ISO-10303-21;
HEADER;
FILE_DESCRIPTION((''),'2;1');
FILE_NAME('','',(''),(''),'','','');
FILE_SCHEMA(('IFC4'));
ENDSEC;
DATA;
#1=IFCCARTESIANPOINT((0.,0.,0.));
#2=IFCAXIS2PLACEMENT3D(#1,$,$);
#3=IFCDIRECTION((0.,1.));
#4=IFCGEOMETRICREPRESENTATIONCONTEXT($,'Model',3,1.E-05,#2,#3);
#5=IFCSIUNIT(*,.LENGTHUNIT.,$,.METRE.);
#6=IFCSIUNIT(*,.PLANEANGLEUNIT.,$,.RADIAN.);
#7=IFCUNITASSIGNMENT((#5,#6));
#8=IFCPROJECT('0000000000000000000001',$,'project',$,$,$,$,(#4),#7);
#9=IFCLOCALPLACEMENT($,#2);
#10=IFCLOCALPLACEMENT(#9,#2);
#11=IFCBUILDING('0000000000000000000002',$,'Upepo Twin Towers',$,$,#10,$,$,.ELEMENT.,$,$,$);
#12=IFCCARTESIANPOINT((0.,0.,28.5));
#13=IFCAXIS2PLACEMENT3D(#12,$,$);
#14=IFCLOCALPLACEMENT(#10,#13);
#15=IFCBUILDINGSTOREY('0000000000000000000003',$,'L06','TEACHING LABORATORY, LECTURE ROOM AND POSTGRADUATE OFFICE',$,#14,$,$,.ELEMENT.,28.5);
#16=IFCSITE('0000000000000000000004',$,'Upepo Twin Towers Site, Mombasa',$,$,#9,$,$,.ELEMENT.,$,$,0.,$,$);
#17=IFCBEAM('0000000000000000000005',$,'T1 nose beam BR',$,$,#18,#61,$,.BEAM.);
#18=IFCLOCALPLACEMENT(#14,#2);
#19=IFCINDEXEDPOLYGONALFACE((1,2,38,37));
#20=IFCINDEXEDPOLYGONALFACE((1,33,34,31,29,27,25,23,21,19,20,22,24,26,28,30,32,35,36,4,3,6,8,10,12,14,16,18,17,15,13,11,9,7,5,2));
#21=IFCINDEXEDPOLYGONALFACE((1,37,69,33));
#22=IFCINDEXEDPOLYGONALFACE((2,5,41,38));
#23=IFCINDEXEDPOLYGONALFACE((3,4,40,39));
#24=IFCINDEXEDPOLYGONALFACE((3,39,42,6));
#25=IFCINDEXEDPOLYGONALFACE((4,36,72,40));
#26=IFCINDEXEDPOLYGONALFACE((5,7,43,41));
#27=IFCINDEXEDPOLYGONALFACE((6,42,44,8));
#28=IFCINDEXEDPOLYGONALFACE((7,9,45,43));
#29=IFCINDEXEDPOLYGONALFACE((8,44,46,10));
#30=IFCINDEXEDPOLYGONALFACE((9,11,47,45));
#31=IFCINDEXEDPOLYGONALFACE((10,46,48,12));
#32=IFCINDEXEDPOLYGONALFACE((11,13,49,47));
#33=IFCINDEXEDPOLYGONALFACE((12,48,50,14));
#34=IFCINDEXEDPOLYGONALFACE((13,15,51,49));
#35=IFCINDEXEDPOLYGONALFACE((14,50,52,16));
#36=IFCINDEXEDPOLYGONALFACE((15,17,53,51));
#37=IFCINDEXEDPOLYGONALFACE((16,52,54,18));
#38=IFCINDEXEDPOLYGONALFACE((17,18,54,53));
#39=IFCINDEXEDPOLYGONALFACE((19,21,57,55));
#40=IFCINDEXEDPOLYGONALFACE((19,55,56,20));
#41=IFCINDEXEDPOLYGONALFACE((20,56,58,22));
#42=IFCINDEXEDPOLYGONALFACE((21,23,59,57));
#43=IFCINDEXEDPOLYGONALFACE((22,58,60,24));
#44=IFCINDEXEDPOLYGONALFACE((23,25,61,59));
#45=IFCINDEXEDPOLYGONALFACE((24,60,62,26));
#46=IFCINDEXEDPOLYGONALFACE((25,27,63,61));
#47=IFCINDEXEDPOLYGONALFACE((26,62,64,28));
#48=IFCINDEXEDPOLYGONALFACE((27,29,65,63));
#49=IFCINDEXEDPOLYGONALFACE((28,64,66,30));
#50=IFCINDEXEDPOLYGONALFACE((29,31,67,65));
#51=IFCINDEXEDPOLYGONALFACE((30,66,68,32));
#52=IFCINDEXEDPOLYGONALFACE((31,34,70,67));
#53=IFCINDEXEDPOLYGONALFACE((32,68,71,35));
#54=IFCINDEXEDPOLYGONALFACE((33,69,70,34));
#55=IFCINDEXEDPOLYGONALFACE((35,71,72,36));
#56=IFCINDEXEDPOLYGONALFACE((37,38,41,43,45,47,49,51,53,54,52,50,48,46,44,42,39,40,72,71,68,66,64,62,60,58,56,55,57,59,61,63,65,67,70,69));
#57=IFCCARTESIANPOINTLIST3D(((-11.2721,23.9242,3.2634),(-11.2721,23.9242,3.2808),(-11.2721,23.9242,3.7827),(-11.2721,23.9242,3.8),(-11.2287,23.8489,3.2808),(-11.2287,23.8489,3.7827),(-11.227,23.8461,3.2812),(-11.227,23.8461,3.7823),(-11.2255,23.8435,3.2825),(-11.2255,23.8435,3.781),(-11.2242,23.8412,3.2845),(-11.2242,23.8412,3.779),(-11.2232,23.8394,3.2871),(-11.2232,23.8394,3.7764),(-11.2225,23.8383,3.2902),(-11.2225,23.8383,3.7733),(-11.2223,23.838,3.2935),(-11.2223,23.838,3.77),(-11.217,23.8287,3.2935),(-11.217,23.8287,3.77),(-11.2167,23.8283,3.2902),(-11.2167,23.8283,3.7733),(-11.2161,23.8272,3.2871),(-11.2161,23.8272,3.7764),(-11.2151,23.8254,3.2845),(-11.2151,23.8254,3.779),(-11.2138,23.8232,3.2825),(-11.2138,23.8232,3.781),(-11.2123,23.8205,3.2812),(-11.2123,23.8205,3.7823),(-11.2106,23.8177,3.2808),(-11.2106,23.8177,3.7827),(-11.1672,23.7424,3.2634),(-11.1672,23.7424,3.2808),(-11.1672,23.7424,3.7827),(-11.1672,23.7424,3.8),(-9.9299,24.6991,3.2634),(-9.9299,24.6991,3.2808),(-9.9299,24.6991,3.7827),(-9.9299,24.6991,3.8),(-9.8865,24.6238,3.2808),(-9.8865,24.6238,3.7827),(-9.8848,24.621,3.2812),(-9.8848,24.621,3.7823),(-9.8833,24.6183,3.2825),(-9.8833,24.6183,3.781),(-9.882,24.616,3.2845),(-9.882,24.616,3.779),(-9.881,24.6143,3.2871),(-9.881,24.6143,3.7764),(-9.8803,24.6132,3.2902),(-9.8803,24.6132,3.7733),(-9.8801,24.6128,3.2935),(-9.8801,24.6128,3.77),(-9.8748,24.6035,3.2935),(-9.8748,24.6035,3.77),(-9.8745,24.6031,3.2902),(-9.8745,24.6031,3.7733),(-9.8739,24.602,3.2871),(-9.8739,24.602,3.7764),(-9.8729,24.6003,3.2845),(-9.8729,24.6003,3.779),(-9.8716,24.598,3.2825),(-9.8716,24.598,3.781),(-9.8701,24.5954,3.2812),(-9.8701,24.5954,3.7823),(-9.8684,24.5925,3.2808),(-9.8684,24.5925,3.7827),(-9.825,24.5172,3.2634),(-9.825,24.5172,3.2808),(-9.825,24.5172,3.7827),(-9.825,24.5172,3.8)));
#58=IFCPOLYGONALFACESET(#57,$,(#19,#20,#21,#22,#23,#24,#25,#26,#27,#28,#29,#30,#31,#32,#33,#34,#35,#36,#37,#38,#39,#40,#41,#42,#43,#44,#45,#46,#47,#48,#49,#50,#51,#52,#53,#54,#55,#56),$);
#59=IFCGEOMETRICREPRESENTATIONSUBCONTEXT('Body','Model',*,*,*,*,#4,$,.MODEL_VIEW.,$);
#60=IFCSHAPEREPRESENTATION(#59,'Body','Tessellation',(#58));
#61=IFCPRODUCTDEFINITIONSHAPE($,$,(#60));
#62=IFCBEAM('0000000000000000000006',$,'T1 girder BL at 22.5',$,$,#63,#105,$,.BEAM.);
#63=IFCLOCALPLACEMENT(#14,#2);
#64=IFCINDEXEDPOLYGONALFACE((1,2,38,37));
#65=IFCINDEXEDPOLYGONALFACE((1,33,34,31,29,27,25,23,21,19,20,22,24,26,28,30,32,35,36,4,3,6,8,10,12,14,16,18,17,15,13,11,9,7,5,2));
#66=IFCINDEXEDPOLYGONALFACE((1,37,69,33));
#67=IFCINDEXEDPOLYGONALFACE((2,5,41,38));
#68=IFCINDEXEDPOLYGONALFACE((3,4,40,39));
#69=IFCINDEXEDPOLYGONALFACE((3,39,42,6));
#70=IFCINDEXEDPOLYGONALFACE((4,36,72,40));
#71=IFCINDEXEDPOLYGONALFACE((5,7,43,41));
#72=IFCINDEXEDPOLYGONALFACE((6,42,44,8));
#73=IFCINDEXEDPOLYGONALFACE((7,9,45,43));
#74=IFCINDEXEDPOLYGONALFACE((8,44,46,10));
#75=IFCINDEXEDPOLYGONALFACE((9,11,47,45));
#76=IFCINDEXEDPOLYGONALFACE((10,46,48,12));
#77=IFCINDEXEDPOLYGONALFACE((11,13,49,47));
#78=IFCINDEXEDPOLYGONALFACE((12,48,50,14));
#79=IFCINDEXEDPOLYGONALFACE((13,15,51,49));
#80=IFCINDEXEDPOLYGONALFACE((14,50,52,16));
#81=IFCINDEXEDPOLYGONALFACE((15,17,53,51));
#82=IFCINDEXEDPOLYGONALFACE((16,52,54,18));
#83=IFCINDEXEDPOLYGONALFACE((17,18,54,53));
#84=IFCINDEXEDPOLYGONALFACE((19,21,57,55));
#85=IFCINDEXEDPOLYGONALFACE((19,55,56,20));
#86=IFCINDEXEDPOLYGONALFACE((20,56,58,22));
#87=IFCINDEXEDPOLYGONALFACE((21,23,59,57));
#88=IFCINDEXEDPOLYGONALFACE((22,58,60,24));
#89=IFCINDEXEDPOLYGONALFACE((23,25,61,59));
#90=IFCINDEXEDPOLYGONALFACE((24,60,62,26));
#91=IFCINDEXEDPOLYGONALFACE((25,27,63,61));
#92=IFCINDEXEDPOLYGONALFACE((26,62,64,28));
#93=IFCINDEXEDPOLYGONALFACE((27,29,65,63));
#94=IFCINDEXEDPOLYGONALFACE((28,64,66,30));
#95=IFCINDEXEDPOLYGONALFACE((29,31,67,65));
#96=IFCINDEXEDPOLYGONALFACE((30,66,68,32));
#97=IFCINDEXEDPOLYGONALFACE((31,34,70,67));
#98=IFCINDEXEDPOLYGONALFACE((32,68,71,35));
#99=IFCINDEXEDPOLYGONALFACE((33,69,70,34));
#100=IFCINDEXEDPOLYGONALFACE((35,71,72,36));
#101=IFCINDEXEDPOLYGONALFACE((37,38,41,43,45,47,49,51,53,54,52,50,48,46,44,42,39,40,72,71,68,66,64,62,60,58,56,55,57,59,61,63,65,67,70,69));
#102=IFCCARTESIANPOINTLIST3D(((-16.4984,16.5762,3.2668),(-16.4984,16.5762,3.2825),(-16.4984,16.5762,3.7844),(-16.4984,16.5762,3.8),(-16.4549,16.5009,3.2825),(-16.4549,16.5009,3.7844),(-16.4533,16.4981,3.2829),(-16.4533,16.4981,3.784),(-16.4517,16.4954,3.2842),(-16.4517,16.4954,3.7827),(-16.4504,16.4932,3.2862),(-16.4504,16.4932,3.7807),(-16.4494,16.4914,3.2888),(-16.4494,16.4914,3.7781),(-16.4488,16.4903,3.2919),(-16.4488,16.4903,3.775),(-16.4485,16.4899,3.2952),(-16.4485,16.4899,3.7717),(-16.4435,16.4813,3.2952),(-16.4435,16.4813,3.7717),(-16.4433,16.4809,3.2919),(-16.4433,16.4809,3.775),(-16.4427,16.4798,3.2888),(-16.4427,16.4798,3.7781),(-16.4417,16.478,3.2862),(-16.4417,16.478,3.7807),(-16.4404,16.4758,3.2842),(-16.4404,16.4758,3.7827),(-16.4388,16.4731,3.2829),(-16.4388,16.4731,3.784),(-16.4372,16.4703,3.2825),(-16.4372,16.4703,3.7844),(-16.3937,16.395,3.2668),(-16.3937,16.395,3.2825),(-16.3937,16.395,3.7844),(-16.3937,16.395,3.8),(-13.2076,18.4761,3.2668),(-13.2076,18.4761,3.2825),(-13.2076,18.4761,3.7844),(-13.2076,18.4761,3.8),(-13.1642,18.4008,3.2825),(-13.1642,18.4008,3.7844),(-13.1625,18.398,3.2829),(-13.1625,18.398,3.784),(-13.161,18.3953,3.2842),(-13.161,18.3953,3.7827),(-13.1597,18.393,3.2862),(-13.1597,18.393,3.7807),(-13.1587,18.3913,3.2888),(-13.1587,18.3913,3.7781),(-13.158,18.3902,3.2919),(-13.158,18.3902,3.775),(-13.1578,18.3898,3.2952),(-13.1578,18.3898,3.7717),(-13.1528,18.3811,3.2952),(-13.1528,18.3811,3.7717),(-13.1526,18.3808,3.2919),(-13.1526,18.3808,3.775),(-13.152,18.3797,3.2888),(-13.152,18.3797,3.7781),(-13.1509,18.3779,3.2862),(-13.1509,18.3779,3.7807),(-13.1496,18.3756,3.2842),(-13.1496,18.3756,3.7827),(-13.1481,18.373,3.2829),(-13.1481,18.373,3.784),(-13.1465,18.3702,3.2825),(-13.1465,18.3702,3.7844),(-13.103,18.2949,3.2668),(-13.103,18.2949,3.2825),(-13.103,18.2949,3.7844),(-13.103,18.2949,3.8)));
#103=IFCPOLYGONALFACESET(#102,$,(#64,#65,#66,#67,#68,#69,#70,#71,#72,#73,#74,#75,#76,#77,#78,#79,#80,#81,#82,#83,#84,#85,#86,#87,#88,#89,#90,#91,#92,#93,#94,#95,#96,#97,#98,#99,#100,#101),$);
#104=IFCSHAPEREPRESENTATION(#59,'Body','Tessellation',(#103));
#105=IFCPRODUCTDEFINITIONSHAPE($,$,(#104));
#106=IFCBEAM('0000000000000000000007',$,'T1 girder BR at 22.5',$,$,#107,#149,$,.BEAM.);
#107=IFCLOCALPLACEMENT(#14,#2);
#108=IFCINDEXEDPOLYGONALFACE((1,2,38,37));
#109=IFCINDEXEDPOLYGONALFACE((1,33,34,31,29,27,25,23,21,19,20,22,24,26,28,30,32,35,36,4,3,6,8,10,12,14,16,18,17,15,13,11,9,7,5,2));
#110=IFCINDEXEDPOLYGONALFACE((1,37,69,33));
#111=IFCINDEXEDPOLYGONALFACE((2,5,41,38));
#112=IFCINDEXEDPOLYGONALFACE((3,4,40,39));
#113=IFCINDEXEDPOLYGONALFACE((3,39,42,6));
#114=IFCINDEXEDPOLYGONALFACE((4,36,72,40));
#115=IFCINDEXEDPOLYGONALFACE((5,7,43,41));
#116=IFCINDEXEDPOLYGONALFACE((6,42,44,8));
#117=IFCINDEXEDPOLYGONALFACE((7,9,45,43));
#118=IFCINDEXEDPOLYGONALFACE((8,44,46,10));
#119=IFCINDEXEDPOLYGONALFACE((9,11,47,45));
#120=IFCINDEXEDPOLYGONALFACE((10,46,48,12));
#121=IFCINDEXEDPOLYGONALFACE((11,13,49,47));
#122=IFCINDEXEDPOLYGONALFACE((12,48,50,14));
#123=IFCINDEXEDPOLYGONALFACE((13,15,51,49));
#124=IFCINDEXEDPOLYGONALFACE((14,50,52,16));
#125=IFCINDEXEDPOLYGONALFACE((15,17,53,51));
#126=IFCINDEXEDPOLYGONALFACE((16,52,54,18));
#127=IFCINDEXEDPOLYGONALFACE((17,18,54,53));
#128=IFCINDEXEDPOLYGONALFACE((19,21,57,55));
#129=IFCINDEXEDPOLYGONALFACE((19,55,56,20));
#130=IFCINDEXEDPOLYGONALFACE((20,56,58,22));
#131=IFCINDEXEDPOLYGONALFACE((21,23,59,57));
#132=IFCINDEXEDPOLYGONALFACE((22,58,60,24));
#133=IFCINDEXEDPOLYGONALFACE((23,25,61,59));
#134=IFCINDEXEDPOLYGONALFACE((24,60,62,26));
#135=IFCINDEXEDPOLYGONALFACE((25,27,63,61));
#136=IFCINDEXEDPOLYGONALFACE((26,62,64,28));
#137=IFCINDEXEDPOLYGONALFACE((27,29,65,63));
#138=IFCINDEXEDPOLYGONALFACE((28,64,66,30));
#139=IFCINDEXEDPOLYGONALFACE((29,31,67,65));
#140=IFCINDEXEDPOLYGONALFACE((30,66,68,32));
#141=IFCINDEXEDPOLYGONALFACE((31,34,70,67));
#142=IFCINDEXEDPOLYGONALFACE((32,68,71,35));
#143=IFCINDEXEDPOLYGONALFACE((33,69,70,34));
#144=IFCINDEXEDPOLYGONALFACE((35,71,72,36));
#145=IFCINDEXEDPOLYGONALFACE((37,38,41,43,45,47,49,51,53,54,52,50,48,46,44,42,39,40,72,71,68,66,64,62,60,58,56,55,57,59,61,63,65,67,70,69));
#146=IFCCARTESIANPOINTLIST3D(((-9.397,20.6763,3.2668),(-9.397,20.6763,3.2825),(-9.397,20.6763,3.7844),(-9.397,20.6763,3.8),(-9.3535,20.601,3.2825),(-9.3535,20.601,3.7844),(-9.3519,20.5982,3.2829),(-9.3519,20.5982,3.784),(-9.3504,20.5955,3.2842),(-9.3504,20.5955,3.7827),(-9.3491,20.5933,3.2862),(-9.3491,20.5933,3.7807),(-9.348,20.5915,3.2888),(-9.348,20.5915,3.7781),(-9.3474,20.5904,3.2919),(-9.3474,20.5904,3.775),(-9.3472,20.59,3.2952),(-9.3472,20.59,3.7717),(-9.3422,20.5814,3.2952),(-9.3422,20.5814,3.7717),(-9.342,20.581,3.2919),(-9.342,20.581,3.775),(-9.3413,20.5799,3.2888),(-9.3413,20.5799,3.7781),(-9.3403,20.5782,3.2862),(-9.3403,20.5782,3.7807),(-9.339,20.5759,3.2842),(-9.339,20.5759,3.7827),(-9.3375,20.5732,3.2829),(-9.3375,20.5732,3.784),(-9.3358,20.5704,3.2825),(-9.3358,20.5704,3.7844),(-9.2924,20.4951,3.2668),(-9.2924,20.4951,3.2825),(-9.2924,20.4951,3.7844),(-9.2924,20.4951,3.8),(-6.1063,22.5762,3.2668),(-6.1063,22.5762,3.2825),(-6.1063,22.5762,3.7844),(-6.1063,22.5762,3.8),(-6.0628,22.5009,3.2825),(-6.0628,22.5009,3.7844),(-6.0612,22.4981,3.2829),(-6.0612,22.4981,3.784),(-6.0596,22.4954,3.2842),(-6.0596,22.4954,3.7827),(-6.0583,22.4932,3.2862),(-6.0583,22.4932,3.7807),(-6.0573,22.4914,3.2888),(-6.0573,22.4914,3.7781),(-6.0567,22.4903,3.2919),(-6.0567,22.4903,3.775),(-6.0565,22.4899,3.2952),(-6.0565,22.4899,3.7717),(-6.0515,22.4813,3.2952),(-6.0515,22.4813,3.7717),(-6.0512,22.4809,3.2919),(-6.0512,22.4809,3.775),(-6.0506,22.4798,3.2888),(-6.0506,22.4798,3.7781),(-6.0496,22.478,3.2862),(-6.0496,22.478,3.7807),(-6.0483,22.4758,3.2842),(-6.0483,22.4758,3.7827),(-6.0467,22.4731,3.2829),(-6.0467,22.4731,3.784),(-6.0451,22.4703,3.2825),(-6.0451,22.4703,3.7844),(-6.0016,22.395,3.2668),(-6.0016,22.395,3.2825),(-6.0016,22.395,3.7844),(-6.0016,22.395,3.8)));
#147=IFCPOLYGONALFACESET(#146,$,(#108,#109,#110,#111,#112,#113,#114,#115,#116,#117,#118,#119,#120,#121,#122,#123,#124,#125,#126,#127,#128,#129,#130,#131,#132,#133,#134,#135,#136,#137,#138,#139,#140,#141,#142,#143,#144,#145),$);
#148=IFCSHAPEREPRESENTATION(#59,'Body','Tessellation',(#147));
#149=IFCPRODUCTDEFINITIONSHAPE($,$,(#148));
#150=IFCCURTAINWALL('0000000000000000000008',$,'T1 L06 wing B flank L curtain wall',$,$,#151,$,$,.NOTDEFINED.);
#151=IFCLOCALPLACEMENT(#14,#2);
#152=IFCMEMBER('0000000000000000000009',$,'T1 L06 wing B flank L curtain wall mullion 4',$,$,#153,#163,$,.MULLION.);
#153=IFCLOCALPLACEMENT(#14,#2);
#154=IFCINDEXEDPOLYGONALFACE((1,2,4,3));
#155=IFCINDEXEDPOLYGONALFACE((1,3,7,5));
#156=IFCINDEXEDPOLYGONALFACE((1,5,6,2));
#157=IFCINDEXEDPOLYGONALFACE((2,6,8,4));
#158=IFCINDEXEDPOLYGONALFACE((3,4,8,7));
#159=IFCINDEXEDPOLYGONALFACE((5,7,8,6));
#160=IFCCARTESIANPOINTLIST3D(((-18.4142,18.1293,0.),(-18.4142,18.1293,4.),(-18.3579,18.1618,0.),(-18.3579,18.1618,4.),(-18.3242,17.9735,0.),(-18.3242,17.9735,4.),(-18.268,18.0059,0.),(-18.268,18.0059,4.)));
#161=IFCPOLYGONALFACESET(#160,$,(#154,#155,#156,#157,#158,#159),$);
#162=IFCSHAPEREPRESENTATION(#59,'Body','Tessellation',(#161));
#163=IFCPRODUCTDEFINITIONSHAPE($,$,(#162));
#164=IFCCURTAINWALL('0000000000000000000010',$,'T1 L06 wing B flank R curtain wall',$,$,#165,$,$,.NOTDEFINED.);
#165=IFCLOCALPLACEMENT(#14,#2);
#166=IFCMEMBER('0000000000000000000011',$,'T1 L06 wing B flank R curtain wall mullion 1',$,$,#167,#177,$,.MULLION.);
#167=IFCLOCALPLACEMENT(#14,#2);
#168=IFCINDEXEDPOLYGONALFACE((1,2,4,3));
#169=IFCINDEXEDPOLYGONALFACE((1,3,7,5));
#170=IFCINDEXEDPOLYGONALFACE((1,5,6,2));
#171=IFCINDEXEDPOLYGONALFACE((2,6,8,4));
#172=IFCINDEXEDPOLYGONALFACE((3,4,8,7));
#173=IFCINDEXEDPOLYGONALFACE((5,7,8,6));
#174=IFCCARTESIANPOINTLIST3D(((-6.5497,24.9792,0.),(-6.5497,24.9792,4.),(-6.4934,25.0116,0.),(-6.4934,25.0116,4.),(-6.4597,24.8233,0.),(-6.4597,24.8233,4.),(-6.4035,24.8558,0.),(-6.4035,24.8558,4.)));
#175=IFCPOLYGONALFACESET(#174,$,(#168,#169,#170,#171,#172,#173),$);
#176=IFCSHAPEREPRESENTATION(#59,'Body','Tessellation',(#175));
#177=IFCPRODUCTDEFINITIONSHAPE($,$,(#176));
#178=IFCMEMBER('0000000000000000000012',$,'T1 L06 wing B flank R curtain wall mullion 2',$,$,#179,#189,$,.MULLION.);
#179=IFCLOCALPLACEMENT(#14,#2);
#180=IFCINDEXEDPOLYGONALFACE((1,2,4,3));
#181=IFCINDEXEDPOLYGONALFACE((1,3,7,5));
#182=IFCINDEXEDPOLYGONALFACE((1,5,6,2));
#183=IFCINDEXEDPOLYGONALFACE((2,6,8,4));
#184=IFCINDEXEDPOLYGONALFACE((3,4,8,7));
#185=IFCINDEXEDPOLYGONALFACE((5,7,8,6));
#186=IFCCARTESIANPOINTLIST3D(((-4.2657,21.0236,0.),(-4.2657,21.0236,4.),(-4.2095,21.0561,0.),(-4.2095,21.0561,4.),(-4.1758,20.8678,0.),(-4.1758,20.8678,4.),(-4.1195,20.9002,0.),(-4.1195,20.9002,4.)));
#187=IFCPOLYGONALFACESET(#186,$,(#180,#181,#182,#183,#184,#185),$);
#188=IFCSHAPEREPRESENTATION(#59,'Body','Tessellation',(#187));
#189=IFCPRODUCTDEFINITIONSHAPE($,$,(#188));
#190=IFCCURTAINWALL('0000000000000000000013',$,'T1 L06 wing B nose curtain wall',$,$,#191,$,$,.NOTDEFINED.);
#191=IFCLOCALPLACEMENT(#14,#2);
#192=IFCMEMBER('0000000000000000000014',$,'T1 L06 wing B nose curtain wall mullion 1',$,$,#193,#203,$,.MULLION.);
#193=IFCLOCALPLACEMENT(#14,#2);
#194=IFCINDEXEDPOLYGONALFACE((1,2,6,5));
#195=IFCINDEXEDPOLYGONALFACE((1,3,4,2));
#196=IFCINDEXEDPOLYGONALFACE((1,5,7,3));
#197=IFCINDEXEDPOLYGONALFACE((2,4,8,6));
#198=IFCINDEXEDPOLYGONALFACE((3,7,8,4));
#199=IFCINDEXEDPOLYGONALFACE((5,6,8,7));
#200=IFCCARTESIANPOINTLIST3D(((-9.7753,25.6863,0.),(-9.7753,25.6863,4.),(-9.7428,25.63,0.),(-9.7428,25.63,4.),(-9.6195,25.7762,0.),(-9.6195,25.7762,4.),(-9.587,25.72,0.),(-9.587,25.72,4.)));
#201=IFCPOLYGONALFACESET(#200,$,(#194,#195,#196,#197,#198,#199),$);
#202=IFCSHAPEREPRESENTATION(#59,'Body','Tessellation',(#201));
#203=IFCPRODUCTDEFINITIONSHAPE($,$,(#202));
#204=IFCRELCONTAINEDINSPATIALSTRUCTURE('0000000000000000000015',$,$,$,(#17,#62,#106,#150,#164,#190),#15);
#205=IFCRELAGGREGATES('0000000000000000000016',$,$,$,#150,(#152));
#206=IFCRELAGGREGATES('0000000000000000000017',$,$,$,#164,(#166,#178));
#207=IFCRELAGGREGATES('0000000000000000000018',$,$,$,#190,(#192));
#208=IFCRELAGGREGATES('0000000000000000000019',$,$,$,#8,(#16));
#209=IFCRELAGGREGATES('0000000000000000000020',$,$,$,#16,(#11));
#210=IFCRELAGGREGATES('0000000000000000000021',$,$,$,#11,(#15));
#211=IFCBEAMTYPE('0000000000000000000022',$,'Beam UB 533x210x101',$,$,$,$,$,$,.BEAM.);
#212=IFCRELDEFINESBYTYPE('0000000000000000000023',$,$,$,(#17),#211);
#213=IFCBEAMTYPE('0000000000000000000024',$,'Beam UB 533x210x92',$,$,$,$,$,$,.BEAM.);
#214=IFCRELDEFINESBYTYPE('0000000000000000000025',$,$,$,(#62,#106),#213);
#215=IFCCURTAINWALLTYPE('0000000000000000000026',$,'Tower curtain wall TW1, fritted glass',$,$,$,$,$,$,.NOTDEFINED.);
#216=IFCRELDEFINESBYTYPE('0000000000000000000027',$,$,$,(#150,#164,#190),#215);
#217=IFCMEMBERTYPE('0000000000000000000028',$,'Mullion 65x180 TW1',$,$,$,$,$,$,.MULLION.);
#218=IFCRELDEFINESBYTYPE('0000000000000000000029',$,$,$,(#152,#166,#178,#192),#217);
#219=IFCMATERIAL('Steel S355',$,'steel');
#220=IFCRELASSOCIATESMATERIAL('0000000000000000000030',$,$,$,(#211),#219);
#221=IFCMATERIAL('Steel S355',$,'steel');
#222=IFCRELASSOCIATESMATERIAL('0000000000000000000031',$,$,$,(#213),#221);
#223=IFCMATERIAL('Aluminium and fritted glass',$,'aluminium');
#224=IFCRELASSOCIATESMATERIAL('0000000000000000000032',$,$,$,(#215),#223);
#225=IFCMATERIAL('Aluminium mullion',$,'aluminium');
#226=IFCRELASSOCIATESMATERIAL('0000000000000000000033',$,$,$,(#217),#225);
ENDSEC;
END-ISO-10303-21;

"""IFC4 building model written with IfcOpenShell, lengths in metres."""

from ifc_helpers import new_model, si_unit, direction, frame, origin, origin_2d, place, context, subcontext, project, spatial, rectangle, i_section, extrude, material, material_profile, profile_set, type_object, element, aggregate, save


model = new_model("IFC4")

# Units and contexts
model_context = context("Model", 3, precision=1e-05, world=origin(), true_north=direction((0.0, 1.0)))
body_context = subcontext(model_context, "Body", "Model", "MODEL_VIEW")
ifc_project = project(units=[si_unit("LENGTHUNIT", "METRE"), si_unit("PLANEANGLEUNIT", "RADIAN")], contexts=[model_context])

# Site, building, storey
site_placement = place(None, origin())
site = spatial("IfcSite", under=ifc_project, at=site_placement, Name="Upepo Twin Towers Site, Mombasa", CompositionType="ELEMENT", RefElevation=0.0)
building_placement = place(site_placement, origin())
building = spatial("IfcBuilding", under=site, at=building_placement, Name="Upepo Twin Towers", CompositionType="ELEMENT")
storey_placement = place(building_placement, frame((0.0, 0.0, 28.5)))
storey = spatial("IfcBuildingStorey", under=building, at=storey_placement, Name="L06", Description="TEACHING LABORATORY, LECTURE ROOM AND POSTGRADUATE OFFICE", CompositionType="ELEMENT", Elevation=28.5)

# Beams
ifc_material_1 = material(Name="Steel S355", Category="steel")
ifc_material_profile_1 = material_profile(ifc_material_1, i_section(OverallWidth=0.21, OverallDepth=0.5366, WebThickness=0.0107, FlangeThickness=0.0173, FilletRadius=0.0127, at=origin_2d()), Name="UB 533x210x101")
ifc_profile_set_1 = profile_set([ifc_material_profile_1], Name="Steel S355")
beam_type_1 = type_object("IfcBeamType", Name="Beam UB 533x210x101", PredefinedType="BEAM", material=ifc_profile_set_1)
for number, where, z_axis, x_axis, name in (
    (1, (-9.8774, 24.6082, 3.5317), (-0.866044, -0.499968, 0.0), (0.499968, -0.866044, 0.0), "T1 nose beam BR"),
):
    element("IfcBeam", number, at=place(storey_placement, frame(where, z_axis=z_axis, x_axis=x_axis)), inside=storey, type_object=beam_type_1, Name=name, PredefinedType="BEAM", context=body_context, shape_type="SweptSolid", body=[
        extrude(i_section(OverallWidth=0.21, OverallDepth=0.5366, WebThickness=0.0107, FlangeThickness=0.0173, FilletRadius=0.0127, at=origin_2d()), origin(), (0.0, 0.0, 1.0), 1.5498),
    ])
ifc_material_2 = material(Name="Steel S355", Category="steel")
ifc_material_profile_2 = material_profile(ifc_material_2, i_section(OverallWidth=0.2092, OverallDepth=0.5332, WebThickness=0.01, FlangeThickness=0.0156, FilletRadius=0.0127, at=origin_2d()), Name="UB 533x210x92")
ifc_profile_set_2 = profile_set([ifc_material_profile_2], Name="Steel S355")
beam_type_2 = type_object("IfcBeamType", Name="Beam UB 533x210x92", PredefinedType="BEAM", material=ifc_profile_set_2)
for number, where, z_axis, x_axis, name in (
    (2, (-16.446, 16.4856, 3.5334), (0.866028, 0.499995, 0.0), (-0.499995, 0.866028, 0.0), "T1 girder BL at 22.5"),
    (3, (-6.054, 22.4856, 3.5334), (-0.866028, -0.499995, 0.0), (0.499995, -0.866028, 0.0), "T1 girder BR at 22.5"),
):
    element("IfcBeam", number, at=place(storey_placement, frame(where, z_axis=z_axis, x_axis=x_axis)), inside=storey, type_object=beam_type_2, Name=name, PredefinedType="BEAM", context=body_context, shape_type="SweptSolid", body=[
        extrude(i_section(OverallWidth=0.2092, OverallDepth=0.5332, WebThickness=0.01, FlangeThickness=0.0156, FilletRadius=0.0127, at=origin_2d()), origin(), (0.0, 0.0, 1.0), 3.7998),
    ])

# Curtain wall, member
ifc_material_3 = material(Name="Aluminium and fritted glass", Category="aluminium")
curtain_wall_type = type_object("IfcCurtainWallType", Name="Tower curtain wall TW1, fritted glass", PredefinedType="NOTDEFINED", material=ifc_material_3)
curtain_wall_1_placement = place(storey_placement, origin())
curtain_wall_1 = element("IfcCurtainWall", 4, at=curtain_wall_1_placement, inside=storey, type_object=curtain_wall_type, Name="T1 L06 wing B flank L curtain wall", PredefinedType="NOTDEFINED")
ifc_material_4 = material(Name="Aluminium mullion", Category="aluminium")
ifc_material_profile_3 = material_profile(ifc_material_4, rectangle(XDim=0.0649, YDim=0.1799, at=origin_2d()), Name="MULLION 65x180")
ifc_profile_set_3 = profile_set([ifc_material_profile_3], Name="Aluminium mullion")
member_type_1 = type_object("IfcMemberType", Name="Mullion 65x180 TW1", PredefinedType="MULLION", material=ifc_profile_set_3)
member_1_placement = place(storey_placement, frame((-18.3411, 18.0676, 0.0), z_axis=(0.0, 0.0, 1.0), x_axis=(-0.866025, -0.5, 0.0)))
member_1 = element("IfcMember", 5, at=member_1_placement, type_object=member_type_1, Name="T1 L06 wing B flank L curtain wall mullion 4", PredefinedType="MULLION", context=body_context, shape_type="SweptSolid", body=[
    extrude(rectangle(XDim=0.0649, YDim=0.1799, at=origin_2d()), origin(), (0.0, 0.0, 1.0), 4.0),
])

# Curtain walls, members
curtain_wall_2_placement = place(storey_placement, origin())
curtain_wall_2 = element("IfcCurtainWall", 6, at=curtain_wall_2_placement, inside=storey, type_object=curtain_wall_type, Name="T1 L06 wing B flank R curtain wall", PredefinedType="NOTDEFINED")
member_2_placement = place(storey_placement, frame((-6.4766, 24.9175, 0.0), z_axis=(0.0, 0.0, 1.0), x_axis=(0.866025, 0.5, 0.0)))
member_2 = element("IfcMember", 7, at=member_2_placement, type_object=member_type_1, Name="T1 L06 wing B flank R curtain wall mullion 1", PredefinedType="MULLION", context=body_context, shape_type="SweptSolid", body=[
    extrude(rectangle(XDim=0.0649, YDim=0.1799, at=origin_2d()), origin(), (0.0, 0.0, 1.0), 4.0),
])
member_3_placement = place(storey_placement, frame((-4.1926, 20.9619, 0.0), z_axis=(0.0, 0.0, 1.0), x_axis=(0.866025, 0.5, 0.0)))
member_3 = element("IfcMember", 8, at=member_3_placement, type_object=member_type_1, Name="T1 L06 wing B flank R curtain wall mullion 2", PredefinedType="MULLION", context=body_context, shape_type="SweptSolid", body=[
    extrude(rectangle(XDim=0.0649, YDim=0.1799, at=origin_2d()), origin(), (0.0, 0.0, 1.0), 4.0),
])
curtain_wall_3_placement = place(storey_placement, origin())
curtain_wall_3 = element("IfcCurtainWall", 9, at=curtain_wall_3_placement, inside=storey, type_object=curtain_wall_type, Name="T1 L06 wing B nose curtain wall", PredefinedType="NOTDEFINED")
member_4_placement = place(storey_placement, frame((-9.6812, 25.7031, 0.0), z_axis=(0.0, 0.0, 1.0), x_axis=(0.5, -0.866025, 0.0)))
member_4 = element("IfcMember", 10, at=member_4_placement, type_object=member_type_1, Name="T1 L06 wing B nose curtain wall mullion 1", PredefinedType="MULLION", context=body_context, shape_type="SweptSolid", body=[
    extrude(rectangle(XDim=0.0649, YDim=0.1799, at=origin_2d()), origin(), (0.0, 0.0, 1.0), 4.0),
])

aggregate(curtain_wall_1, [member_1])
aggregate(curtain_wall_2, [member_2, member_3])
aggregate(curtain_wall_3, [member_4])

save(model, "model.ifc")
